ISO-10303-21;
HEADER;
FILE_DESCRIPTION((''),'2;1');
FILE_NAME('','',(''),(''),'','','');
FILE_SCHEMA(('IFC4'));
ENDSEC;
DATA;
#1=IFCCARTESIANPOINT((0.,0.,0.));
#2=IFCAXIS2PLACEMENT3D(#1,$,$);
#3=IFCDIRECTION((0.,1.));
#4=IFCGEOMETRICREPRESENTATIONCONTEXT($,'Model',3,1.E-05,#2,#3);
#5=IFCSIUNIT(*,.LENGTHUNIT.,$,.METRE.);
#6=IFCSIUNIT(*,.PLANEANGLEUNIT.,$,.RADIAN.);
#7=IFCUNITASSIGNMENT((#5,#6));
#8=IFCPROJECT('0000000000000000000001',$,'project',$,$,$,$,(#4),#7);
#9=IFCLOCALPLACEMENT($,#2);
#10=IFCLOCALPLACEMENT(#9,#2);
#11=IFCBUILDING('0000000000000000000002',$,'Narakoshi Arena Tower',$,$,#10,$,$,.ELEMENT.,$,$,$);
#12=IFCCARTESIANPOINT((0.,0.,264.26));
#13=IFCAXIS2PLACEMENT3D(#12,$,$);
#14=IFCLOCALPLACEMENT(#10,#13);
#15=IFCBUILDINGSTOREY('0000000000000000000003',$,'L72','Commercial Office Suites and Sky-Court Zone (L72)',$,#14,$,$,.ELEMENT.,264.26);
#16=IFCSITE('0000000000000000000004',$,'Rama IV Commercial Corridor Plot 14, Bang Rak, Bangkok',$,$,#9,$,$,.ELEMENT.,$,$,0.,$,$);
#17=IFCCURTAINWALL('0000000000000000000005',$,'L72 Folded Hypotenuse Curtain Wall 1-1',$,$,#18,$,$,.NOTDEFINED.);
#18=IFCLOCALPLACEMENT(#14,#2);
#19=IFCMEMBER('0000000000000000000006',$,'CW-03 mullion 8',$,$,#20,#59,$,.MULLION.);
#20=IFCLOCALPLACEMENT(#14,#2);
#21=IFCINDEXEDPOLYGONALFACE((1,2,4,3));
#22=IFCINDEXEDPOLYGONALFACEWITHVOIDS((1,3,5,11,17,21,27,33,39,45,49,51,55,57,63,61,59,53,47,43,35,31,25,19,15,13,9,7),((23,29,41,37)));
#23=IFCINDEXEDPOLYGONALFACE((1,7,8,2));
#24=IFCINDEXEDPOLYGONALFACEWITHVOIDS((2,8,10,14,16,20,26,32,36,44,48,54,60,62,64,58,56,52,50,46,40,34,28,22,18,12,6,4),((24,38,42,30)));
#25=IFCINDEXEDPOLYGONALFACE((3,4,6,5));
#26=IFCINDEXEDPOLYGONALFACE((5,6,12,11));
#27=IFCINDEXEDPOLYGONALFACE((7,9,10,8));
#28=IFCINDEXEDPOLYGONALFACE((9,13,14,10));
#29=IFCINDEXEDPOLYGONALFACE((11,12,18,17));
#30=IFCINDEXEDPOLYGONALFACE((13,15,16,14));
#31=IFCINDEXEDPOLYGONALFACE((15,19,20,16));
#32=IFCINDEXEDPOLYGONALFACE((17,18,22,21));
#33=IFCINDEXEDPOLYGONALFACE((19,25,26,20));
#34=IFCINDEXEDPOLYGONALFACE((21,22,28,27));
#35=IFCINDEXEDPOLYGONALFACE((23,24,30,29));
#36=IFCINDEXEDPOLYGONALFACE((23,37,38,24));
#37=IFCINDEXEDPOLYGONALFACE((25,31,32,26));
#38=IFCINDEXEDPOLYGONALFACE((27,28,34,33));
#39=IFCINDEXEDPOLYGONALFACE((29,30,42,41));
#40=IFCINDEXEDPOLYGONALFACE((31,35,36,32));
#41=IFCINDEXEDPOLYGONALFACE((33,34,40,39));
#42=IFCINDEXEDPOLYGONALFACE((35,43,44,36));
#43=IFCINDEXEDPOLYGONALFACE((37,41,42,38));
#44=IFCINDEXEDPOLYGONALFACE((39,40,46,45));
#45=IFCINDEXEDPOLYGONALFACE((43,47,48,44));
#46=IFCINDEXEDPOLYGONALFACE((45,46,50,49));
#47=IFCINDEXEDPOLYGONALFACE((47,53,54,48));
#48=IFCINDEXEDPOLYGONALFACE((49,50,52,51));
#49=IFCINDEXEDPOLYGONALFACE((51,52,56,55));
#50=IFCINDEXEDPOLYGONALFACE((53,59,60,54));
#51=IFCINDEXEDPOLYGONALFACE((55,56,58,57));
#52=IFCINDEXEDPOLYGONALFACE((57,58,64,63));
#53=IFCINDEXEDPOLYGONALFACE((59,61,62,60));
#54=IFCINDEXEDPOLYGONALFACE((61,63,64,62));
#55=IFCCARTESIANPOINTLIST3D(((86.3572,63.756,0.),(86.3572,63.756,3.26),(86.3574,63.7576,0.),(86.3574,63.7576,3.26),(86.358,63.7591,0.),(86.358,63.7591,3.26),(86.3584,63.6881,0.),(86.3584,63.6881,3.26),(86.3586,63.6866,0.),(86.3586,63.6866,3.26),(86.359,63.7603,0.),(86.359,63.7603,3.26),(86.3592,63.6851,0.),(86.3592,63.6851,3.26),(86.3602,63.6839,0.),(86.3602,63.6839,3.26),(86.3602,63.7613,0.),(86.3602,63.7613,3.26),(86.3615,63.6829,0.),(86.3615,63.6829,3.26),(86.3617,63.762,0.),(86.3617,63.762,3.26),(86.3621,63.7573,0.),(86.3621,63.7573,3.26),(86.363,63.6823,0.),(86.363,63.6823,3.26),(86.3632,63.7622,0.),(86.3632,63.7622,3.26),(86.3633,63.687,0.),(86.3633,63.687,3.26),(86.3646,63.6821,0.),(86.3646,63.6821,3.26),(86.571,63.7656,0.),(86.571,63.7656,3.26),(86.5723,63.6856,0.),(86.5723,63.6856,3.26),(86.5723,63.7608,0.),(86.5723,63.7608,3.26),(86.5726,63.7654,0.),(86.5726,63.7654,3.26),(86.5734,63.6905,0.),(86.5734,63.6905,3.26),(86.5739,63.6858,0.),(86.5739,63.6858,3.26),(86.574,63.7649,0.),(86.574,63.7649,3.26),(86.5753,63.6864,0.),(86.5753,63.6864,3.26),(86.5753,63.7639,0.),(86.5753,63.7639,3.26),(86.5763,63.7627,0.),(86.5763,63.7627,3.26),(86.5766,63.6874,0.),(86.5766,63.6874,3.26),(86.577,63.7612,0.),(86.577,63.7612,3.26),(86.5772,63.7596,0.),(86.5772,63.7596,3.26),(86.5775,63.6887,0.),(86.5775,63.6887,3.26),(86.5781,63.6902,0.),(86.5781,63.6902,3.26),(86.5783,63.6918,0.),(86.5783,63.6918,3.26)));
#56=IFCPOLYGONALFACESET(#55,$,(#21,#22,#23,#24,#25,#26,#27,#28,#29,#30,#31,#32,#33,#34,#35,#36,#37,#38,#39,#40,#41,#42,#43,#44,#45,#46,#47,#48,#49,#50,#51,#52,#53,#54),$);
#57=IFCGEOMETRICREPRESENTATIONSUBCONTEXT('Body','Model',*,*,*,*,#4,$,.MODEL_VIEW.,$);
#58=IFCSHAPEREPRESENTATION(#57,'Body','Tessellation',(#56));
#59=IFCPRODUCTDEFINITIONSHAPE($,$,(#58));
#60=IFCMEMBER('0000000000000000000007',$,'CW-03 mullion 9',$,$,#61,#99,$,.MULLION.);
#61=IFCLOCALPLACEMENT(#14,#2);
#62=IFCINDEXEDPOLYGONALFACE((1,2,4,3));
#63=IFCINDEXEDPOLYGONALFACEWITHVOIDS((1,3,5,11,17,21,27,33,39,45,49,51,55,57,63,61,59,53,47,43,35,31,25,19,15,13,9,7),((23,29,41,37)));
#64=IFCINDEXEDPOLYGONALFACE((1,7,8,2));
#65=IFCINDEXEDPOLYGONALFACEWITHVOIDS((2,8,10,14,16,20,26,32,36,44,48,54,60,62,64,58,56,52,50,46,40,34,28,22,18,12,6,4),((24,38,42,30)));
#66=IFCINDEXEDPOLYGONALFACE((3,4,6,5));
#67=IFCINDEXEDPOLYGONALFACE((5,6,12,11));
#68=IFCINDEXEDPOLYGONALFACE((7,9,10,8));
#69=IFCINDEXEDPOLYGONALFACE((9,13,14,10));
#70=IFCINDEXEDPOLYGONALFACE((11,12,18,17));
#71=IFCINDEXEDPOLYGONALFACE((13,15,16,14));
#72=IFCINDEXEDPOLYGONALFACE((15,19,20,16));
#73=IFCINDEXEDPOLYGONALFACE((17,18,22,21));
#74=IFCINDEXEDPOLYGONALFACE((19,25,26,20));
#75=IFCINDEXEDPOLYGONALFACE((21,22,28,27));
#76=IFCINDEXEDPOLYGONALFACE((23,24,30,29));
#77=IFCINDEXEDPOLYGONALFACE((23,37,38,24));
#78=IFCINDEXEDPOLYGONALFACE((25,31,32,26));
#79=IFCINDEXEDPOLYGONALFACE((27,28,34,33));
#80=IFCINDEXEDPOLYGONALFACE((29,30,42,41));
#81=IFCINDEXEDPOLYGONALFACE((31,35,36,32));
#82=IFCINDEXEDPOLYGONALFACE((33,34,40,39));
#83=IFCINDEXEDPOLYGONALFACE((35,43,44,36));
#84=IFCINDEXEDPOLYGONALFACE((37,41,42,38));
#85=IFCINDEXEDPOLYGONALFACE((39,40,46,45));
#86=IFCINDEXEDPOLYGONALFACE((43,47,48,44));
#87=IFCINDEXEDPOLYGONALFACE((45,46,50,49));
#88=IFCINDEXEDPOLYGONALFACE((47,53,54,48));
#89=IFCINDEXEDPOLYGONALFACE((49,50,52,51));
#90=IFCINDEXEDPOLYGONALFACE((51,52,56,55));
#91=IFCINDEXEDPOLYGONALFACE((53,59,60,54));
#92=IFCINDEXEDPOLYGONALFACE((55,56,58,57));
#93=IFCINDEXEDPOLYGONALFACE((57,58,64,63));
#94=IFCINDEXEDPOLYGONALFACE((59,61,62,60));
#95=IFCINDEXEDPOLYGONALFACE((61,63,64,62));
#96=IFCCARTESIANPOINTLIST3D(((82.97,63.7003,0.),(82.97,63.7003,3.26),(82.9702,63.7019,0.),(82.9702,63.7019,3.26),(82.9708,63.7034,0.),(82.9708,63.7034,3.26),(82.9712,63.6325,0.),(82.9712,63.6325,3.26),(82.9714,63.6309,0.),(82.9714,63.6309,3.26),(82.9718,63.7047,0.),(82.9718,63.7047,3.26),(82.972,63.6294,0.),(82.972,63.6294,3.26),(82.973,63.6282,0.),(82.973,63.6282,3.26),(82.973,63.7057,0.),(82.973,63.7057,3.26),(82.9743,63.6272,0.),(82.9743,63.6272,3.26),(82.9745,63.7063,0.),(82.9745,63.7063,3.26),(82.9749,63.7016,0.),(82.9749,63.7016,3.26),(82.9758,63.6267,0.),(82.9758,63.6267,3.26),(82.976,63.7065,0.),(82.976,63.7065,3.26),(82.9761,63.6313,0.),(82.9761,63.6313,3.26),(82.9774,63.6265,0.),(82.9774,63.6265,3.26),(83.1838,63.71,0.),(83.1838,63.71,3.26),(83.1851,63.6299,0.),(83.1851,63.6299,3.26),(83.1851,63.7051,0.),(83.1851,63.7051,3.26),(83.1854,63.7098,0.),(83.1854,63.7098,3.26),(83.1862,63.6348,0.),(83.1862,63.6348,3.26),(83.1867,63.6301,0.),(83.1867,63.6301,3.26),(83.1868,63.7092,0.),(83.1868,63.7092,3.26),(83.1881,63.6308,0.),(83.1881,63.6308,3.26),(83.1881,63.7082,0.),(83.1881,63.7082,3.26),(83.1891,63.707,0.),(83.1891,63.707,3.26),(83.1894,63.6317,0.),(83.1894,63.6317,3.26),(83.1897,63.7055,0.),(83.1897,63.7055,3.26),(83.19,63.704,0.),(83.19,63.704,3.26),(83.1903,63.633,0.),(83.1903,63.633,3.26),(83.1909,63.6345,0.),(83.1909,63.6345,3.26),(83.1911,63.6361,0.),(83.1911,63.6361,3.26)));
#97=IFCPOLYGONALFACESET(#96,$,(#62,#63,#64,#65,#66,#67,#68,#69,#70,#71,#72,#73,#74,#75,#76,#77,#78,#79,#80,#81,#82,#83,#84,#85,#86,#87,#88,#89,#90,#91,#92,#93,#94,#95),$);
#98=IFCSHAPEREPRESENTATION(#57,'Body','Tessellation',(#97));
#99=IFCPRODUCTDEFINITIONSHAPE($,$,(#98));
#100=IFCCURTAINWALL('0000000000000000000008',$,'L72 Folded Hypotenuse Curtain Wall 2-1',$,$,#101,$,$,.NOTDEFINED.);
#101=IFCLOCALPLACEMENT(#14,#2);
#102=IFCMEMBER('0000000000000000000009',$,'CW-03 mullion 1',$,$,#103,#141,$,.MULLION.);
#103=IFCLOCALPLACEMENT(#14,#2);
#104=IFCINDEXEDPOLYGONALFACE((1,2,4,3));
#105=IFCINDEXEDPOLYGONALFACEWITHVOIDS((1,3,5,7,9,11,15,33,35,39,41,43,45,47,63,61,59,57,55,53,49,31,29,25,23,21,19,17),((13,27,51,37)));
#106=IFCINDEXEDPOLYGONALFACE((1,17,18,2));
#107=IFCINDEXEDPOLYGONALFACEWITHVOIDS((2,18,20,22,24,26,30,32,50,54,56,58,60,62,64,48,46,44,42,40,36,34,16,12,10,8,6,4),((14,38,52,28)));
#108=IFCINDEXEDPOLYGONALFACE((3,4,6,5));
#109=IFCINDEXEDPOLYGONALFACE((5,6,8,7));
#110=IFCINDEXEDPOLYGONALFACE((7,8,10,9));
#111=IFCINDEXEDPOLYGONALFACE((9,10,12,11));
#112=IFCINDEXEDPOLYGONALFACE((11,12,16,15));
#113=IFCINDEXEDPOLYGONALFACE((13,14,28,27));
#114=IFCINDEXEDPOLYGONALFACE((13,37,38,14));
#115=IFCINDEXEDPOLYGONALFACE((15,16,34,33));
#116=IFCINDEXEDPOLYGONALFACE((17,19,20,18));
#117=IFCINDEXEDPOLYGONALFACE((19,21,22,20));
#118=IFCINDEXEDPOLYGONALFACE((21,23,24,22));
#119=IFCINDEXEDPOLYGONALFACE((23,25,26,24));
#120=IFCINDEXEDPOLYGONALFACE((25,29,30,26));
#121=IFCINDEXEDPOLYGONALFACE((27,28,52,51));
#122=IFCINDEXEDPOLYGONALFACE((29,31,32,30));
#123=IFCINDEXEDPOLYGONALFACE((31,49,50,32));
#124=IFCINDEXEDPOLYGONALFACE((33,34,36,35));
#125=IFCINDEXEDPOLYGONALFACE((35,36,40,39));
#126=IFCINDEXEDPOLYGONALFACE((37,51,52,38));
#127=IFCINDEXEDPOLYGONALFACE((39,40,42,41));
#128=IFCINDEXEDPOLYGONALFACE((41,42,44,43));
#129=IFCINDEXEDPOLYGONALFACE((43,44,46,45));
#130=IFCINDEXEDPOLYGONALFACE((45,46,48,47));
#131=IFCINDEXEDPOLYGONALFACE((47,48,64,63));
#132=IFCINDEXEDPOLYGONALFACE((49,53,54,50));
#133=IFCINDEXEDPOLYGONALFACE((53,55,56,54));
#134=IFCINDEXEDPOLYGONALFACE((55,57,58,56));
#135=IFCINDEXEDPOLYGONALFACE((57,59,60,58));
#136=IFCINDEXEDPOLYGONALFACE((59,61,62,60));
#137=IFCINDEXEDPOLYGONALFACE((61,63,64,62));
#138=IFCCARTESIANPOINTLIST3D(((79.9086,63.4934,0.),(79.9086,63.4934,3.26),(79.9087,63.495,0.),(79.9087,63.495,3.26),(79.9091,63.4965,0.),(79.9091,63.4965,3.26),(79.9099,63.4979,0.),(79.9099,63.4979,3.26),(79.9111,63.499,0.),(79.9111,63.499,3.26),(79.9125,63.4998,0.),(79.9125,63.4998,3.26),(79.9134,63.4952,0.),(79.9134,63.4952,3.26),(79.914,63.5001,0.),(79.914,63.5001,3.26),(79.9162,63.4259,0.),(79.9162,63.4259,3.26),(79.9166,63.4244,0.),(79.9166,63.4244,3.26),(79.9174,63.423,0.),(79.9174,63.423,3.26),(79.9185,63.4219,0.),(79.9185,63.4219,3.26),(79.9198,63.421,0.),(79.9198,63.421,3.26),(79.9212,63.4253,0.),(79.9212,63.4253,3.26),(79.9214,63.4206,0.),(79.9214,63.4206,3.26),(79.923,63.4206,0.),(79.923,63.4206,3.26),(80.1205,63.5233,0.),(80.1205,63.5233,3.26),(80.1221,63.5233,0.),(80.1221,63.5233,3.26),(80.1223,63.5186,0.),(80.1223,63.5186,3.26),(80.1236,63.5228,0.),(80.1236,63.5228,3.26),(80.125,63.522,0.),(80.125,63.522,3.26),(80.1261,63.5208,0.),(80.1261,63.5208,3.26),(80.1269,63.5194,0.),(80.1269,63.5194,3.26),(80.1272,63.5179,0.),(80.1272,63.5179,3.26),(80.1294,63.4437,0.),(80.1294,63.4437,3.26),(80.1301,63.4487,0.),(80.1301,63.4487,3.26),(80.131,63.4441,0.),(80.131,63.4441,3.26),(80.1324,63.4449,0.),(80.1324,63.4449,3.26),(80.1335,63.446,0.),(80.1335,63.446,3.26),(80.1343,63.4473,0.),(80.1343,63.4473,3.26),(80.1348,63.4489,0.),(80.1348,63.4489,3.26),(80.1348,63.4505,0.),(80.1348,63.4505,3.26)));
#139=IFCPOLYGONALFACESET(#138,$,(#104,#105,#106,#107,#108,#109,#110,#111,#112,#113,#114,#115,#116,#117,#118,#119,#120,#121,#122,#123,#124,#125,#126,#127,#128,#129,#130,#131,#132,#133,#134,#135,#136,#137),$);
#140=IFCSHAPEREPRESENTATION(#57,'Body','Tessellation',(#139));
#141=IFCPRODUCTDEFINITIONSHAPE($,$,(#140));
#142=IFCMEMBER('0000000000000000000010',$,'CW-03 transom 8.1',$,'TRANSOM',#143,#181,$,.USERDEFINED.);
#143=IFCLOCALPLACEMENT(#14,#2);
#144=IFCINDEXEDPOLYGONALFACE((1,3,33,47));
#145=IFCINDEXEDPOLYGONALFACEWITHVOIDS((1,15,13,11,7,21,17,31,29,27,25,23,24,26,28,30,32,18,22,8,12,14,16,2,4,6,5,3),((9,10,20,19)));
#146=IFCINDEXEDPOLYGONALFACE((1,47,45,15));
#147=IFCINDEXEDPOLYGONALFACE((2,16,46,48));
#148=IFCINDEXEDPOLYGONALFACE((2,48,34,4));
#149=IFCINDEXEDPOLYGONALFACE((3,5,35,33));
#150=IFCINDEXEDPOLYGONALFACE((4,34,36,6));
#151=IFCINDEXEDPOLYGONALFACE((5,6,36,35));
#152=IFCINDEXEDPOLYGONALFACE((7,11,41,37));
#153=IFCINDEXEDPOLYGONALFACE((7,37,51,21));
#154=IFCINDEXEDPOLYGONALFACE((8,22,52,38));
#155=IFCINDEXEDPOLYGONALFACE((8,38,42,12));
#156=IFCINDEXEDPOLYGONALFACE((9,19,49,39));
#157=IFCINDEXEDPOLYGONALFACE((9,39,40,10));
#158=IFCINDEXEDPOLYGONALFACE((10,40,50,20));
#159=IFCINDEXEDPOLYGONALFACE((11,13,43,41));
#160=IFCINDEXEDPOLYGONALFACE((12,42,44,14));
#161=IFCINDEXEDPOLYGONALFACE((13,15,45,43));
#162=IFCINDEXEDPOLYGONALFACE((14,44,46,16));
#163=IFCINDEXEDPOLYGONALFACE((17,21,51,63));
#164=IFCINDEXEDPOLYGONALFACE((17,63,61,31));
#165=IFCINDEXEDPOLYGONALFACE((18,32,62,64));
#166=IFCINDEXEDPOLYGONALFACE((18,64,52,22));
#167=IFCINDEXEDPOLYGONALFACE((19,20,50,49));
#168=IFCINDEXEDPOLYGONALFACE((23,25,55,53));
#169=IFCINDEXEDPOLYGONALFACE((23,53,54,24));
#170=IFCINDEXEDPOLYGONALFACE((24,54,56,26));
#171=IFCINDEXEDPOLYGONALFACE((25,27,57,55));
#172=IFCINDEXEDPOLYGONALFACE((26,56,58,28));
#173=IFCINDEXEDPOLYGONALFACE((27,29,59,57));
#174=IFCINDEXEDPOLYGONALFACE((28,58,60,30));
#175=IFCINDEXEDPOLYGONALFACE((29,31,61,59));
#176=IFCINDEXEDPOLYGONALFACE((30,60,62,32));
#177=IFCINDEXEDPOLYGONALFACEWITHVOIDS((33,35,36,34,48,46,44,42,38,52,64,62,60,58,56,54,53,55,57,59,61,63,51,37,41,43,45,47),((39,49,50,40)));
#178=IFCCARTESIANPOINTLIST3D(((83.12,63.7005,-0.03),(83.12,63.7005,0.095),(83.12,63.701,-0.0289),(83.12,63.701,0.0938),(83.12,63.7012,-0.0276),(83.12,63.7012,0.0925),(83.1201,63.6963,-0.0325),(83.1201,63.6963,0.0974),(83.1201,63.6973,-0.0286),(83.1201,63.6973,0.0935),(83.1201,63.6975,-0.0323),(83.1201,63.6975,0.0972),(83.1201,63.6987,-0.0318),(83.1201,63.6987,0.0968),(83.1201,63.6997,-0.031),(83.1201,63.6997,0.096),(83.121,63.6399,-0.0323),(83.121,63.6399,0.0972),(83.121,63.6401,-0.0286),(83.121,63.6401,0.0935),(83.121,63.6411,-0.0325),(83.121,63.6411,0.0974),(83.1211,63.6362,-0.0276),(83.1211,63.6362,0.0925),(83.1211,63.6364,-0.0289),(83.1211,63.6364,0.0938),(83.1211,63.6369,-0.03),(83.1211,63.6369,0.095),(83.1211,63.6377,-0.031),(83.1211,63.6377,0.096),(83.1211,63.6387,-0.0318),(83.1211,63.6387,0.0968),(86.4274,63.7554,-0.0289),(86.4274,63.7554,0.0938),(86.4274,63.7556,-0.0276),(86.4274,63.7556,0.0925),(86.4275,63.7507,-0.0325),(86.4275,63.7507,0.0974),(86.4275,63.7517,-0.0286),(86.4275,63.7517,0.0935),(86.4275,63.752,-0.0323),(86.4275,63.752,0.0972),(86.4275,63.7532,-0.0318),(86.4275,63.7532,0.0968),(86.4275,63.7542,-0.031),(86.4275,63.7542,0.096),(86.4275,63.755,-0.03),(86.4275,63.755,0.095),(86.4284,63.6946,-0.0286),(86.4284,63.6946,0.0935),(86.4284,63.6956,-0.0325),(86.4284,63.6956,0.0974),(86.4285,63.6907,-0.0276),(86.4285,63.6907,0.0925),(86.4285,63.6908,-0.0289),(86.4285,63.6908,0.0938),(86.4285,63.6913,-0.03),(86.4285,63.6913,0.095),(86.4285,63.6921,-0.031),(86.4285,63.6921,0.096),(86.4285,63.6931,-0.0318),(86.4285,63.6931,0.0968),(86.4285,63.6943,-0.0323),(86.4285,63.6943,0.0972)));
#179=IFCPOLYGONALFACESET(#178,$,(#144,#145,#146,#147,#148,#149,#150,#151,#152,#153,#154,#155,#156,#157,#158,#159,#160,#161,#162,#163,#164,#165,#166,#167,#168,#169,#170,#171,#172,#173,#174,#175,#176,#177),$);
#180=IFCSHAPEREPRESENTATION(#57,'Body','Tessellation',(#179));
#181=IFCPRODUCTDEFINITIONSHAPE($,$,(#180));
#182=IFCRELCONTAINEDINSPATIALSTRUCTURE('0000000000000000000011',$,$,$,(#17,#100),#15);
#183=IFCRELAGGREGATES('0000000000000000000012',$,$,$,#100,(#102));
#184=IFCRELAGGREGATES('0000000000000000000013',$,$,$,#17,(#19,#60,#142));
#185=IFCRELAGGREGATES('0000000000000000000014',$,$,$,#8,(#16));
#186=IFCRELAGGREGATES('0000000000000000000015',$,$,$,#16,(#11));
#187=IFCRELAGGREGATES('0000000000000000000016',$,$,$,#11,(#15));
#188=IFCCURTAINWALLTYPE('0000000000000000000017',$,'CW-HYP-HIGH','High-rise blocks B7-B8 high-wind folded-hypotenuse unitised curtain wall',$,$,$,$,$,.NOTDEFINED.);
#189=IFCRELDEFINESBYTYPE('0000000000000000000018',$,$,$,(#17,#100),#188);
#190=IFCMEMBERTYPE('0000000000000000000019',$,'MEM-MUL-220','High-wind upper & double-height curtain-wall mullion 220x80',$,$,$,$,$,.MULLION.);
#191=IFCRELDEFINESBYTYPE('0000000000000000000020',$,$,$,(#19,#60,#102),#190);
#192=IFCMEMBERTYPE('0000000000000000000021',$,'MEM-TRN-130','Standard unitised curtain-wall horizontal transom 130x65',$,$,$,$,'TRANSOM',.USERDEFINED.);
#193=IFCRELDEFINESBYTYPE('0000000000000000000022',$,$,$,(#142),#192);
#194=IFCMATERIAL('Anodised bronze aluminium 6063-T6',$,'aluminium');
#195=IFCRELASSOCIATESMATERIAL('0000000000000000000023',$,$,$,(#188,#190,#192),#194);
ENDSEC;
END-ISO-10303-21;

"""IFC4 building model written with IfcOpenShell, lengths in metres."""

from ifc_helpers import new_model, si_unit, direction, frame, origin, origin_2d, place, context, subcontext, project, spatial, hollow_rectangle, extrude, material, material_profile, profile_set, type_object, element, aggregate, save


model = new_model("IFC4")

# Units and contexts
model_context = context("Model", 3, precision=1e-05, world=origin(), true_north=direction((0.0, 1.0)))
body_context = subcontext(model_context, "Body", "Model", "MODEL_VIEW")
ifc_project = project(units=[si_unit("LENGTHUNIT", "METRE"), si_unit("PLANEANGLEUNIT", "RADIAN")], contexts=[model_context])

# Site, building, storey
site_placement = place(None, origin())
site = spatial("IfcSite", under=ifc_project, at=site_placement, Name="Rama IV Commercial Corridor Plot 14, Bang Rak, Bangkok", CompositionType="ELEMENT", RefElevation=0.0)
building_placement = place(site_placement, origin())
building = spatial("IfcBuilding", under=site, at=building_placement, Name="Narakoshi Arena Tower", CompositionType="ELEMENT")
storey_placement = place(building_placement, frame((0.0, 0.0, 264.26)))
storey = spatial("IfcBuildingStorey", under=building, at=storey_placement, Name="L72", Description="Commercial Office Suites and Sky-Court Zone (L72)", CompositionType="ELEMENT", Elevation=264.26)

# Curtain wall, members
ifc_material_1 = material(Name="Anodised bronze aluminium 6063-T6", Category="aluminium")
curtain_wall_type = type_object("IfcCurtainWallType", Name="CW-HYP-HIGH", Description="High-rise blocks B7-B8 high-wind folded-hypotenuse unitised curtain wall", PredefinedType="NOTDEFINED", material=ifc_material_1)
curtain_wall_1_placement = place(storey_placement, origin())
curtain_wall_1 = element("IfcCurtainWall", 1, at=curtain_wall_1_placement, inside=storey, type_object=curtain_wall_type, Name="L72 Folded Hypotenuse Curtain Wall 1-1", PredefinedType="NOTDEFINED")
ifc_material_profile_1 = material_profile(ifc_material_1, hollow_rectangle(XDim=0.0801, YDim=0.22, WallThickness=0.0049, OuterFilletRadius=0.0061, at=origin_2d()), Name="MUL220x80x5")
ifc_profile_set_1 = profile_set([ifc_material_profile_1], Name="Anodised bronze aluminium 6063-T6")
member_type_1 = type_object("IfcMemberType", Name="MEM-MUL-220", Description="High-wind upper & double-height curtain-wall mullion 220x80", PredefinedType="MULLION", material=ifc_profile_set_1)
member_1_placement = place(storey_placement, frame((86.4678, 63.7239, 0.0), z_axis=(0.0, 0.0, 1.0), x_axis=(0.016443, -0.999865, 0.0)))
member_1 = element("IfcMember", 2, at=member_1_placement, type_object=member_type_1, Name="CW-03 mullion 8", PredefinedType="MULLION", context=body_context, shape_type="SweptSolid", body=[
    extrude(hollow_rectangle(XDim=0.0801, YDim=0.22, WallThickness=0.0049, OuterFilletRadius=0.0061, at=origin_2d()), origin(), (0.0, 0.0, 1.0), 3.26),
])
member_2_placement = place(storey_placement, frame((83.0806, 63.6682, 0.0), z_axis=(0.0, 0.0, 1.0), x_axis=(0.016443, -0.999865, 0.0)))
member_2 = element("IfcMember", 3, at=member_2_placement, type_object=member_type_1, Name="CW-03 mullion 9", PredefinedType="MULLION", context=body_context, shape_type="SweptSolid", body=[
    extrude(hollow_rectangle(XDim=0.0801, YDim=0.22, WallThickness=0.0049, OuterFilletRadius=0.0061, at=origin_2d()), origin(), (0.0, 0.0, 1.0), 3.26),
])

# Curtain wall, member
curtain_wall_2_placement = place(storey_placement, origin())
curtain_wall_2 = element("IfcCurtainWall", 4, at=curtain_wall_2_placement, inside=storey, type_object=curtain_wall_type, Name="L72 Folded Hypotenuse Curtain Wall 2-1", PredefinedType="NOTDEFINED")
member_3_placement = place(storey_placement, frame((80.0217, 63.4719, 0.0), z_axis=(0.0, 0.0, 1.0), x_axis=(0.111396, -0.993776, 0.0)))
member_3 = element("IfcMember", 5, at=member_3_placement, type_object=member_type_1, Name="CW-03 mullion 1", PredefinedType="MULLION", context=body_context, shape_type="SweptSolid", body=[
    extrude(hollow_rectangle(XDim=0.0801, YDim=0.22, WallThickness=0.0049, OuterFilletRadius=0.0061, at=origin_2d()), origin(), (0.0, 0.0, 1.0), 3.26),
])

# Member
ifc_material_profile_2 = material_profile(ifc_material_1, hollow_rectangle(XDim=0.0649, YDim=0.1299, WallThickness=0.0039, OuterFilletRadius=0.0049, at=origin_2d()), Name="TRN130x65x4")
ifc_profile_set_2 = profile_set([ifc_material_profile_2], Name="Anodised bronze aluminium 6063-T6")
member_type_2 = type_object("IfcMemberType", Name="MEM-TRN-130", Description="Standard unitised curtain-wall horizontal transom 130x65", ElementType="TRANSOM", PredefinedType="USERDEFINED", material=ifc_profile_set_2)
member_4_placement = place(storey_placement, frame((86.428, 63.7231, 0.0325), z_axis=(-0.999865, -0.016459, 0.0), x_axis=(0.016459, -0.999865, 0.0)))
member_4 = element("IfcMember", 6, at=member_4_placement, type_object=member_type_2, Name="CW-03 transom 8.1", ObjectType="TRANSOM", PredefinedType="USERDEFINED", context=body_context, shape_type="SweptSolid", body=[
    extrude(hollow_rectangle(XDim=0.0649, YDim=0.1299, WallThickness=0.0039, OuterFilletRadius=0.0049, at=origin_2d()), origin(), (0.0, 0.0, 1.0), 3.3079),
])
aggregate(curtain_wall_2, [member_3])

aggregate(curtain_wall_1, [member_1, member_2, member_4])

save(model, "model.ifc")
